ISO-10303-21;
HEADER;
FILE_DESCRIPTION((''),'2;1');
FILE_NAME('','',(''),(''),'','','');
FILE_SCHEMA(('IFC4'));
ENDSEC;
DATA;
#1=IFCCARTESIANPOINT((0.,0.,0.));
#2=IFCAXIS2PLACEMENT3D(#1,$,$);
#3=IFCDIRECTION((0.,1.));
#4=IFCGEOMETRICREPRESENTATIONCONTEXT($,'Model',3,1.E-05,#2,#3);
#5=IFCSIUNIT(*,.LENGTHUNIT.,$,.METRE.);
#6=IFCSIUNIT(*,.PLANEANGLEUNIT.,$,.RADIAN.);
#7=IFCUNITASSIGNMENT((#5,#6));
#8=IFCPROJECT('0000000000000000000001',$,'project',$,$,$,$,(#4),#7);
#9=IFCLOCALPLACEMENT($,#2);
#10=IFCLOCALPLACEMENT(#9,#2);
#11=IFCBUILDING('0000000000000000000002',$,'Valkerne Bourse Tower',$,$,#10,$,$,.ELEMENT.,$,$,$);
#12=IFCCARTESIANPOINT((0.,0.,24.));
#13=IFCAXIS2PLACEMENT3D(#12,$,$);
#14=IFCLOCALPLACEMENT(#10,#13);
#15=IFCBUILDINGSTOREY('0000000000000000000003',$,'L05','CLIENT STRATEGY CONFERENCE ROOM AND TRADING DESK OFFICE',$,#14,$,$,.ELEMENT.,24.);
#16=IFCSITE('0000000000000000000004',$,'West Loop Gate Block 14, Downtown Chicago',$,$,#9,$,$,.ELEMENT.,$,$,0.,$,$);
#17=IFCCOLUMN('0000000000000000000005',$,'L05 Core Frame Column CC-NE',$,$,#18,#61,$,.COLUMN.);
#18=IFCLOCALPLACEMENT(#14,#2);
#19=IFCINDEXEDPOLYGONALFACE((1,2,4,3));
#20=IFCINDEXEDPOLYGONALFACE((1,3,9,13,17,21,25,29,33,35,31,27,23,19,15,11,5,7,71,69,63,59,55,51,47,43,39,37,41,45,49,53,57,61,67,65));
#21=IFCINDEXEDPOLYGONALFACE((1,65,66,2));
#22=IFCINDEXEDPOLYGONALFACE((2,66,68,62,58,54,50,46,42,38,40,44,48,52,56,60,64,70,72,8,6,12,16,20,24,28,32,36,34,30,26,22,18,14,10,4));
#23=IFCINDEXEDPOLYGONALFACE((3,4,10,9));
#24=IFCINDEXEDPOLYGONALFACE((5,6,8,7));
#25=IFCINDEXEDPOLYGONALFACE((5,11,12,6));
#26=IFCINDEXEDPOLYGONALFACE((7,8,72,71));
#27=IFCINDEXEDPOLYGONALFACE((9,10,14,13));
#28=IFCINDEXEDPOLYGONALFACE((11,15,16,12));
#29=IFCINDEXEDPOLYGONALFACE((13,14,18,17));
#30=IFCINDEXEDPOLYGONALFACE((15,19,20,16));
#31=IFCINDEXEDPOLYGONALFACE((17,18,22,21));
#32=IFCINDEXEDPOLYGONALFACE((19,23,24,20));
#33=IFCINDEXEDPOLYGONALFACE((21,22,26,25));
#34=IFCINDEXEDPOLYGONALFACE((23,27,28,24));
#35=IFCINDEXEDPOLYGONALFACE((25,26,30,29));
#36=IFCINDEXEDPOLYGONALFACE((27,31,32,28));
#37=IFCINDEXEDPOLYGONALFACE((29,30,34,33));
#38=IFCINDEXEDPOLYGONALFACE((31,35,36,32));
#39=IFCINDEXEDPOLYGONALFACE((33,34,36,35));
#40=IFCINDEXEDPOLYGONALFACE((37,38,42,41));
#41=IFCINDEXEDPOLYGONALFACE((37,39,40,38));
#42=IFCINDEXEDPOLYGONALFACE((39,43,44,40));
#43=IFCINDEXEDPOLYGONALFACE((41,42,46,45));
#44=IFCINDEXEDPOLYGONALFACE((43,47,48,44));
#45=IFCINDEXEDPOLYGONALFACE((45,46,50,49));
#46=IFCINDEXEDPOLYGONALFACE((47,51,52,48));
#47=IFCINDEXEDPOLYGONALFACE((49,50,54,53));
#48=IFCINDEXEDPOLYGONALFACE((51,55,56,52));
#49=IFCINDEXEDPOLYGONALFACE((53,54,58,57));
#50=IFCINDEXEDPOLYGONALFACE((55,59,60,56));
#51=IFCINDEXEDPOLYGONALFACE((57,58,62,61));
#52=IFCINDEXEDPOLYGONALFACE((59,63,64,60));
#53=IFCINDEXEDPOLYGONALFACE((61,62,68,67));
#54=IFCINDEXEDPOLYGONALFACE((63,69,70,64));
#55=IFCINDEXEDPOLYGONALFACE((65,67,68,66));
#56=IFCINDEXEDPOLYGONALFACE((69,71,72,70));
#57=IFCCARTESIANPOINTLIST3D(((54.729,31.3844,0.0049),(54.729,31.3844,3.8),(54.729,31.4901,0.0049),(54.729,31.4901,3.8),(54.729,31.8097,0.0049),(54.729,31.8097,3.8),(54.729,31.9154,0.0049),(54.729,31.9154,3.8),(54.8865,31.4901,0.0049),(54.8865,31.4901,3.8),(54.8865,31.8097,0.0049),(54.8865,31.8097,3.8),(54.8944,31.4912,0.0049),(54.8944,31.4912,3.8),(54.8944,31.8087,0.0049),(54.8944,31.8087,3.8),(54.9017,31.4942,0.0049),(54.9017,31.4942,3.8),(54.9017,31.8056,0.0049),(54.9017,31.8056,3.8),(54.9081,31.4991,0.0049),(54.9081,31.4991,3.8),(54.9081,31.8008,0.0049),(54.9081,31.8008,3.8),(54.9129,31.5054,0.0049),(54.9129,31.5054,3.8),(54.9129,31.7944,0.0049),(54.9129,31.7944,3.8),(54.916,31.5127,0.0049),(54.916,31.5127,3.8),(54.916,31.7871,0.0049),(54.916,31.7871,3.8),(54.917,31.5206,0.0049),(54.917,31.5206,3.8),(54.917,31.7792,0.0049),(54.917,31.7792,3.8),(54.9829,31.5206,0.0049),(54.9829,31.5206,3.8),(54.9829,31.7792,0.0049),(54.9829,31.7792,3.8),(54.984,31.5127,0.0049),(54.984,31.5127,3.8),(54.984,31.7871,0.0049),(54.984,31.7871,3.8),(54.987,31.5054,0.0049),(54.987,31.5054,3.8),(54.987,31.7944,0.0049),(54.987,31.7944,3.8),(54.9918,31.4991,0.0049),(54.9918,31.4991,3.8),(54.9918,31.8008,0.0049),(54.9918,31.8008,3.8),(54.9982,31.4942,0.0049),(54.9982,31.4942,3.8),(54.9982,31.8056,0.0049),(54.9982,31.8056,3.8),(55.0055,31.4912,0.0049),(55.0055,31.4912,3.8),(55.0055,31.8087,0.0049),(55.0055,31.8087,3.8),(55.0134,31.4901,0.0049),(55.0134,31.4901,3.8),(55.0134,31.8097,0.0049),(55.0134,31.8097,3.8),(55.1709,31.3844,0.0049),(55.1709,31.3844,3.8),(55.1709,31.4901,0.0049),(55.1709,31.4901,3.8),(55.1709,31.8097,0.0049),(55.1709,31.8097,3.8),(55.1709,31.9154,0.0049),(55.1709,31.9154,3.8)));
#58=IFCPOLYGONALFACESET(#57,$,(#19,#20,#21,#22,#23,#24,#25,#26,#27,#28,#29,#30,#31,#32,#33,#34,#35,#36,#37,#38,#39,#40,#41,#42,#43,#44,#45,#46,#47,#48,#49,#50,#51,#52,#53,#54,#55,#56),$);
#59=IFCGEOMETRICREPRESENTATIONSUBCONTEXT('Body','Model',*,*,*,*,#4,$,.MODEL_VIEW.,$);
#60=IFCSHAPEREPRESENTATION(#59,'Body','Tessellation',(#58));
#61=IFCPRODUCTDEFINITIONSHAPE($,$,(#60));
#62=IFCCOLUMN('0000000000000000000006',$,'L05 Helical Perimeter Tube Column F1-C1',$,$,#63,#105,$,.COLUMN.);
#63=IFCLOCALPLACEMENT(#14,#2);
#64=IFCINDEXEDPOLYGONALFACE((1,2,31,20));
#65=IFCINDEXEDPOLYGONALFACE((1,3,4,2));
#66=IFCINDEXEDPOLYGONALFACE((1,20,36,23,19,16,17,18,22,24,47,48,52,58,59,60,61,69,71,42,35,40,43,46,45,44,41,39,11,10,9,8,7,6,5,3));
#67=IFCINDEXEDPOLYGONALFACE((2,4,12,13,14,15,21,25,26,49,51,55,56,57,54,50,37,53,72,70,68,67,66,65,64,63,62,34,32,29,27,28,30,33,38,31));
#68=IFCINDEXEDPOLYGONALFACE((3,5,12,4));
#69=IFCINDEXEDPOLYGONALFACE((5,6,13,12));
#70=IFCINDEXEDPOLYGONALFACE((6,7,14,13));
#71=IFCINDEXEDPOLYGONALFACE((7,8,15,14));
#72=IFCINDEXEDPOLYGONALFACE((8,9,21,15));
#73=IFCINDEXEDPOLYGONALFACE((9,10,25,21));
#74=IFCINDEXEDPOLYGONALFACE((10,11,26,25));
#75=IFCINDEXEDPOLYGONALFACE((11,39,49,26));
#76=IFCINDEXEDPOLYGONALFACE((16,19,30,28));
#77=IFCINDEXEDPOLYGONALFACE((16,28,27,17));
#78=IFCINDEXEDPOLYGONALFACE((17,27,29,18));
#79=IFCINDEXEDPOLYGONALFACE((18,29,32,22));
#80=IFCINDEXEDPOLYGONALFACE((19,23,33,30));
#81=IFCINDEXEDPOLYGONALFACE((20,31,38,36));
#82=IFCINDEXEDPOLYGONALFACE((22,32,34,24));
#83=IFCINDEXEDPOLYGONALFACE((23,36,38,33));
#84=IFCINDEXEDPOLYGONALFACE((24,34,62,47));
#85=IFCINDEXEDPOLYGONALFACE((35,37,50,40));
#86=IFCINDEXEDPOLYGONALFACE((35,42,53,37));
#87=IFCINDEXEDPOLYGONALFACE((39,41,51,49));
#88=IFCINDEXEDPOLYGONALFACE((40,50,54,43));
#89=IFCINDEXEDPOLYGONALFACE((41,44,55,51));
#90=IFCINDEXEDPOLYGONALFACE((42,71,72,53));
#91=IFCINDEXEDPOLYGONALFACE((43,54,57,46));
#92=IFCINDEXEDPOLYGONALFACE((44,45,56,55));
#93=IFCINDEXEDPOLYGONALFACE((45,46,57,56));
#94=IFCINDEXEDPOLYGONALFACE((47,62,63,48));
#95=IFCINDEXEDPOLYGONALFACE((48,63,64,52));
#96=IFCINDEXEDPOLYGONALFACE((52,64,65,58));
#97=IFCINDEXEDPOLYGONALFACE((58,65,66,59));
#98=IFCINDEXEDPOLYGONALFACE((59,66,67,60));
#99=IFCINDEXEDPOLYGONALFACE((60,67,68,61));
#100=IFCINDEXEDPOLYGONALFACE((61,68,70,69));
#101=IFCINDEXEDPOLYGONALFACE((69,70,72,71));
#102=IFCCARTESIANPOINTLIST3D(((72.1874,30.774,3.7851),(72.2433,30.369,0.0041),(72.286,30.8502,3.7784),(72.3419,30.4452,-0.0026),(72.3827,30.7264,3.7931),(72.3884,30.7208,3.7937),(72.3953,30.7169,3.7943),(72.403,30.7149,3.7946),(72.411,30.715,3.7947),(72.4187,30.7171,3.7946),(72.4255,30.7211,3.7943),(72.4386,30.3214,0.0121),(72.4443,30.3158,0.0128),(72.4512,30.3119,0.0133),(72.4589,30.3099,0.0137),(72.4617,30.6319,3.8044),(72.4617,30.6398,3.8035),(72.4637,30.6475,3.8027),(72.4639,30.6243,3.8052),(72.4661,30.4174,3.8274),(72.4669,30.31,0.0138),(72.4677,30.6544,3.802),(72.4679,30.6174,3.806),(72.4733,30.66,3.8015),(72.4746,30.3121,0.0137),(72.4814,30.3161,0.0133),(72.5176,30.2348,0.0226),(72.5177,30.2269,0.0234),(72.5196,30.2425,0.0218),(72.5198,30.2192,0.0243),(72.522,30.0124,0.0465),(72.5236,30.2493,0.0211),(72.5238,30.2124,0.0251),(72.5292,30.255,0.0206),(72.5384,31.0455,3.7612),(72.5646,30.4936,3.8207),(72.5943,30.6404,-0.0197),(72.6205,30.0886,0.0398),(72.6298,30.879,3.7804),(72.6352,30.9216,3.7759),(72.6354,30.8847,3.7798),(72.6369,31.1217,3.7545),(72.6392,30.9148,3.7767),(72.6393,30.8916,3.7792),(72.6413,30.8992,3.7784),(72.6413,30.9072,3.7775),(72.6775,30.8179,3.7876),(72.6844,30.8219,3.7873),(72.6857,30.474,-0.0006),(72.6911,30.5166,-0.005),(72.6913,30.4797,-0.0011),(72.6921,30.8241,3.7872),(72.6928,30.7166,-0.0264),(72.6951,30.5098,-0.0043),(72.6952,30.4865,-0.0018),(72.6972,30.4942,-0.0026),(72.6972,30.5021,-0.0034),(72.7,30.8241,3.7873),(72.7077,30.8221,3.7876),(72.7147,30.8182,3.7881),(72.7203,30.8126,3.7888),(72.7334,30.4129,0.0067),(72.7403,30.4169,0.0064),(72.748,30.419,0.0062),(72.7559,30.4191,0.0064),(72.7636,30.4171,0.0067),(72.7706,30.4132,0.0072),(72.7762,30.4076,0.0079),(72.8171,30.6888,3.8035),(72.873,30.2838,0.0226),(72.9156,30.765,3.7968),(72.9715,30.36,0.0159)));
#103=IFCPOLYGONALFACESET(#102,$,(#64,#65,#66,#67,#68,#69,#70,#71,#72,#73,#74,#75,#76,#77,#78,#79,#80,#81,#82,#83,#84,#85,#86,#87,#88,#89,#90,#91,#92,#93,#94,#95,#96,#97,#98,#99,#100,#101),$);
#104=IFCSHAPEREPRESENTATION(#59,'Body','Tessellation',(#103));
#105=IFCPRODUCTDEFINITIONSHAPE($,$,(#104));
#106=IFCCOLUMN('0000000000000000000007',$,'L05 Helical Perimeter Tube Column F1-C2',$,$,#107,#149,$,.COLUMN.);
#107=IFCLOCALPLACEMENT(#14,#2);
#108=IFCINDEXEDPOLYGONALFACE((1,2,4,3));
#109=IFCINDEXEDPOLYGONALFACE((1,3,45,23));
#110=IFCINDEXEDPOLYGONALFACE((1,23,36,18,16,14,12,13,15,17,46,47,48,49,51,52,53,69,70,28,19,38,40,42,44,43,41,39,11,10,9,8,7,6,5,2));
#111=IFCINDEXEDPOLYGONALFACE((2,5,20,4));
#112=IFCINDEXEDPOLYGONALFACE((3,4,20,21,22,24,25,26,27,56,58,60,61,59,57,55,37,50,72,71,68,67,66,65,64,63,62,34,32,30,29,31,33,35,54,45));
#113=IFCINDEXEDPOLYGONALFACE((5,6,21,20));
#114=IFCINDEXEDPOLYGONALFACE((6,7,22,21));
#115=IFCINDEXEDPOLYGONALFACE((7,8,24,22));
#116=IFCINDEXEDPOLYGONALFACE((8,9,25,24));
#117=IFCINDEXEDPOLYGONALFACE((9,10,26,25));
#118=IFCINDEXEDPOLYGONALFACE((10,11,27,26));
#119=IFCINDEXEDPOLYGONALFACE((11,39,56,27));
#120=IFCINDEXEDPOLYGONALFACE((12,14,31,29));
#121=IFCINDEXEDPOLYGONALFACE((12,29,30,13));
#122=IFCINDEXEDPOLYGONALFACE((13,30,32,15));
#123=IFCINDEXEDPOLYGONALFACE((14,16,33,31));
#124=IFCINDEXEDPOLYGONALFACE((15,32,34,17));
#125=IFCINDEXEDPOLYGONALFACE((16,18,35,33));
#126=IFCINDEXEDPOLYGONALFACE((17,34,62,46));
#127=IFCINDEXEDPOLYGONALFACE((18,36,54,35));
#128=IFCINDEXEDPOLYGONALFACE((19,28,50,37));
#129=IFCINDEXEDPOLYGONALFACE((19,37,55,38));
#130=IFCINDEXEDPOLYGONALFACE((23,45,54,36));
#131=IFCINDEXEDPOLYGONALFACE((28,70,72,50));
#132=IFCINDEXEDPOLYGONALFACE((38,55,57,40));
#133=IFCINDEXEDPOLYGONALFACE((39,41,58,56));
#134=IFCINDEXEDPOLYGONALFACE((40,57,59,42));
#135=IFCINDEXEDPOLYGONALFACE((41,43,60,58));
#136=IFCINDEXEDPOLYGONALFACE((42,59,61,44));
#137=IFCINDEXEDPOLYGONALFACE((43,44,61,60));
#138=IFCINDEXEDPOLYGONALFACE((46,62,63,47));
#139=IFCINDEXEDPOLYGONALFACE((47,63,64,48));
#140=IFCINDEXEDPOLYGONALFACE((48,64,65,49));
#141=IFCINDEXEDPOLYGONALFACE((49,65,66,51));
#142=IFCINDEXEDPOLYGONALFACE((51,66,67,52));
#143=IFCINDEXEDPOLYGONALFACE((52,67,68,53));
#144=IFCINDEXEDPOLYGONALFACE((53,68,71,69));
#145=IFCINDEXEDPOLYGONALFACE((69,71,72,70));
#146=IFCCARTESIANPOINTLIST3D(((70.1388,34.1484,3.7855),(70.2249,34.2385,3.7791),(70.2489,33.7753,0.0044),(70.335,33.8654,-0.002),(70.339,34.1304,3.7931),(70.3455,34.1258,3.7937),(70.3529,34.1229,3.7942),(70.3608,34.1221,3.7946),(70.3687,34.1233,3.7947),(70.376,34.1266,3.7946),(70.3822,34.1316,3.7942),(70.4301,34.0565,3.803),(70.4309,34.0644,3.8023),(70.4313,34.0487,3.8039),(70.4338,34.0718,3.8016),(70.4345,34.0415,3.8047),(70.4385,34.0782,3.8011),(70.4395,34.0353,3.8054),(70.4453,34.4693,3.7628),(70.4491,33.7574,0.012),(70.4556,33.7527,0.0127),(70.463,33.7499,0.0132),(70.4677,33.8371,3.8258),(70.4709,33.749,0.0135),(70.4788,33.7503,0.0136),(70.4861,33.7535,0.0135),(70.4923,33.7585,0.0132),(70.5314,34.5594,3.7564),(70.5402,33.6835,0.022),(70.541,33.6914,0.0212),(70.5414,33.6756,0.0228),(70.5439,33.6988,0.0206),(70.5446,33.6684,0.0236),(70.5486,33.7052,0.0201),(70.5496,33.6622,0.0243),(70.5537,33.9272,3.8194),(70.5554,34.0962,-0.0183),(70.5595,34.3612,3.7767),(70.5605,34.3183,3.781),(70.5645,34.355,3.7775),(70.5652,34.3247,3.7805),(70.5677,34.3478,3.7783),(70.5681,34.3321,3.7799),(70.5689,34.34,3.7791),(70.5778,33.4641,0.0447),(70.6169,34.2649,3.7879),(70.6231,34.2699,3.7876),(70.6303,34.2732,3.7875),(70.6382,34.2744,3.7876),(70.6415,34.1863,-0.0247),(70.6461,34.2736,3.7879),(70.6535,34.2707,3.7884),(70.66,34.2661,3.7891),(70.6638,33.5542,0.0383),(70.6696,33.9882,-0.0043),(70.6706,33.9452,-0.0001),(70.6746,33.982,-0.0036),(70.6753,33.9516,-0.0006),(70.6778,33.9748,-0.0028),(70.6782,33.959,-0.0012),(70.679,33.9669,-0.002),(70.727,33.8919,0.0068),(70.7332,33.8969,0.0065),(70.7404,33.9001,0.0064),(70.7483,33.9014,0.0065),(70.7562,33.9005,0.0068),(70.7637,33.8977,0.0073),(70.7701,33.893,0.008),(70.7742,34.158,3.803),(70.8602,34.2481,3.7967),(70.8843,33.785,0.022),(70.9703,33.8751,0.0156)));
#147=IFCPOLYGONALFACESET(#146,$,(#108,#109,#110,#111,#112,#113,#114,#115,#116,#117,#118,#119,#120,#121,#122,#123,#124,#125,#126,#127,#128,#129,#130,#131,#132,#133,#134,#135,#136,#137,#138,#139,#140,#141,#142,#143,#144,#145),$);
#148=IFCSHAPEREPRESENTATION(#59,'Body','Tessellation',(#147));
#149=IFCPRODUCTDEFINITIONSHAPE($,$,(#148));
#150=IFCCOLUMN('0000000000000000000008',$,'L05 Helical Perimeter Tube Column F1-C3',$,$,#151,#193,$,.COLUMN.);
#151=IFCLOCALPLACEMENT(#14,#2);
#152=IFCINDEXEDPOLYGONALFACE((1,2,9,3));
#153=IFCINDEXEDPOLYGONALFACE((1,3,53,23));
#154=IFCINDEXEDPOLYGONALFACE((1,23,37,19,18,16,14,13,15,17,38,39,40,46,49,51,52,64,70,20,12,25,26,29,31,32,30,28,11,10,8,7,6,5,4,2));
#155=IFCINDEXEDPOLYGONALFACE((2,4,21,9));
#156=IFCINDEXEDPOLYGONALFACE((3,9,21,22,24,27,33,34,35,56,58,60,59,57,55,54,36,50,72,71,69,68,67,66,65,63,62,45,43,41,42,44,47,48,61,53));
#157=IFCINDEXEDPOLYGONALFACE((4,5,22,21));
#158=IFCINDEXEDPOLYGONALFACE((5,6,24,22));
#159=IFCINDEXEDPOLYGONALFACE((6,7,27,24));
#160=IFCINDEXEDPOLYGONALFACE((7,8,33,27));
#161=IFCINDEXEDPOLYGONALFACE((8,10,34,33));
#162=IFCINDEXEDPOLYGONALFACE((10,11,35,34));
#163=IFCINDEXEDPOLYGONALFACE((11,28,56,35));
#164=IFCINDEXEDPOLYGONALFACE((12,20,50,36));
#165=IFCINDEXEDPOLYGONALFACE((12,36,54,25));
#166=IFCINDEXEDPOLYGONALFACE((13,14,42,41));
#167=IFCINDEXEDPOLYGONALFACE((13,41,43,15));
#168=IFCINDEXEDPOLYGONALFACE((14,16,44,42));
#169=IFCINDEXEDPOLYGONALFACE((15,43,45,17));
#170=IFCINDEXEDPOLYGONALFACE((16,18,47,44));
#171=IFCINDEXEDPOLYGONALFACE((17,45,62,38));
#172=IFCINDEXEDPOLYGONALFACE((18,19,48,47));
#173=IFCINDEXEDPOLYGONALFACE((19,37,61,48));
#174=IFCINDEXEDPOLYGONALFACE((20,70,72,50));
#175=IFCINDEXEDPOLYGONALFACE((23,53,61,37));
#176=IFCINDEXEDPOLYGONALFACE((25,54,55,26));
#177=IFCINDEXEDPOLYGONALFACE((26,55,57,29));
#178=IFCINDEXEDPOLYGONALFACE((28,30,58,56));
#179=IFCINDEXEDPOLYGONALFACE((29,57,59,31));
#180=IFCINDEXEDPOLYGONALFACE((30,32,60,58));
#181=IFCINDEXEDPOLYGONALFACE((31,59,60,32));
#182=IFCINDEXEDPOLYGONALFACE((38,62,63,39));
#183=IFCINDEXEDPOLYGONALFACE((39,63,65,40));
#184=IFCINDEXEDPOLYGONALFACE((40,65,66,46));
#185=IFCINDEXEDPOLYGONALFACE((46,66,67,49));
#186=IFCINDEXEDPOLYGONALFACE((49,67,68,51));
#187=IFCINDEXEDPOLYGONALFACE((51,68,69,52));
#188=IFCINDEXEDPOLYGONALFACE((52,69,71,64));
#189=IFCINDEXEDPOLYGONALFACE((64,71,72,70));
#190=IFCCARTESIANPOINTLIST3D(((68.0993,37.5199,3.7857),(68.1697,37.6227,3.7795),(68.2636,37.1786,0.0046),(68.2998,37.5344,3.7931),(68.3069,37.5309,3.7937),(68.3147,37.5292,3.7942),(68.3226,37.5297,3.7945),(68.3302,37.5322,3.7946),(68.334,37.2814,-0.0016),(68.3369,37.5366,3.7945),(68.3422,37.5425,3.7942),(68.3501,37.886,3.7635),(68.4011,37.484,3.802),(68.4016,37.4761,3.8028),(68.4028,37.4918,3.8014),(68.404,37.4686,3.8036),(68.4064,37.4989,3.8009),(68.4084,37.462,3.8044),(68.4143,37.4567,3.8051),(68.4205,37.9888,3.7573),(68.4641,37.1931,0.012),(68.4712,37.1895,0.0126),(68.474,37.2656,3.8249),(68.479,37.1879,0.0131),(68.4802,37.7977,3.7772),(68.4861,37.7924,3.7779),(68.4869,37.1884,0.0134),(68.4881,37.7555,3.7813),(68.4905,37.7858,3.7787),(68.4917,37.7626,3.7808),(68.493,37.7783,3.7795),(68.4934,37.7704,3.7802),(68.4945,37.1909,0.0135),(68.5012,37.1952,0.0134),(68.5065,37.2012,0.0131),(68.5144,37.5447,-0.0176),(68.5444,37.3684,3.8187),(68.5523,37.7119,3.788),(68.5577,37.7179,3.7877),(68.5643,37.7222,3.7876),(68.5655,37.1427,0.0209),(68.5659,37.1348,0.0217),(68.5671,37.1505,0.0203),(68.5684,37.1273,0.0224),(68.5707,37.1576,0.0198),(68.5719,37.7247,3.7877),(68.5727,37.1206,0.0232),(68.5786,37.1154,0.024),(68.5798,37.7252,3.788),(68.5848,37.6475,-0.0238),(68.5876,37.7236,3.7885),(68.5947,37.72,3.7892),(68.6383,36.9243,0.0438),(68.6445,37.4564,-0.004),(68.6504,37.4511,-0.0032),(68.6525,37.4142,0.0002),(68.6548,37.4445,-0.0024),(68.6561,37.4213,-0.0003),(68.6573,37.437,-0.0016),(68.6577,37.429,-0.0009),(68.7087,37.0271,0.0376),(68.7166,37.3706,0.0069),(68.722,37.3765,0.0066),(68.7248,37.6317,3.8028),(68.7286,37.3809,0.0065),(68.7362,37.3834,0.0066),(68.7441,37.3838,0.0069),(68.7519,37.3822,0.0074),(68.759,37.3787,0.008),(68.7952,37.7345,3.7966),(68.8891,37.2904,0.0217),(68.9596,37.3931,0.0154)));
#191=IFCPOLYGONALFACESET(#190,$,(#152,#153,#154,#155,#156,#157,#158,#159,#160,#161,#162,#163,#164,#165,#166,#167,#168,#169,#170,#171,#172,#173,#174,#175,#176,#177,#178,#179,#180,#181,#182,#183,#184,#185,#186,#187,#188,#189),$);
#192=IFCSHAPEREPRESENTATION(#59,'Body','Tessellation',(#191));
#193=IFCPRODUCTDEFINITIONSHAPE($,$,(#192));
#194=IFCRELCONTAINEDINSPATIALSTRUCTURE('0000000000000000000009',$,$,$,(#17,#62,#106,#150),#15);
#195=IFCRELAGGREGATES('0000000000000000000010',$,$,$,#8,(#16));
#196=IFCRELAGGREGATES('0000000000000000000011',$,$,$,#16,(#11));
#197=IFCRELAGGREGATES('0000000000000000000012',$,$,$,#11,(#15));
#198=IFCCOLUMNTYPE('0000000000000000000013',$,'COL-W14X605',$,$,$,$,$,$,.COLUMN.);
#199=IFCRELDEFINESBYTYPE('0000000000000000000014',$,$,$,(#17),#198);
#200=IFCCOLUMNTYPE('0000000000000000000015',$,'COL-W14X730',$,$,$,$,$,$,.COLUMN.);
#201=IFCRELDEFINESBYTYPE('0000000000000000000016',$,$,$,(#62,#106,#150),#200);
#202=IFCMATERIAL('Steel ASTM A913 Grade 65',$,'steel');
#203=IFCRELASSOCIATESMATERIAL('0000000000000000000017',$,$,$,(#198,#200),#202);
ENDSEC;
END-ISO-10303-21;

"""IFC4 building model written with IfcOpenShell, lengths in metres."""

from ifc_helpers import new_model, si_unit, direction, frame, origin, origin_2d, place, context, subcontext, project, spatial, i_section, extrude, material, material_profile, profile_set, type_object, element, save


model = new_model("IFC4")

# Units and contexts
model_context = context("Model", 3, precision=1e-05, world=origin(), true_north=direction((0.0, 1.0)))
body_context = subcontext(model_context, "Body", "Model", "MODEL_VIEW")
ifc_project = project(units=[si_unit("LENGTHUNIT", "METRE"), si_unit("PLANEANGLEUNIT", "RADIAN")], contexts=[model_context])

# Site, building, storey
site_placement = place(None, origin())
site = spatial("IfcSite", under=ifc_project, at=site_placement, Name="West Loop Gate Block 14, Downtown Chicago", CompositionType="ELEMENT", RefElevation=0.0)
building_placement = place(site_placement, origin())
building = spatial("IfcBuilding", under=site, at=building_placement, Name="Valkerne Bourse Tower", CompositionType="ELEMENT")
storey_placement = place(building_placement, frame((0.0, 0.0, 24.0)))
storey = spatial("IfcBuildingStorey", under=building, at=storey_placement, Name="L05", Description="CLIENT STRATEGY CONFERENCE ROOM AND TRADING DESK OFFICE", CompositionType="ELEMENT", Elevation=24.0)

# Columns
ifc_material_1 = material(Name="Steel ASTM A913 Grade 65", Category="steel")
ifc_material_profile_1 = material_profile(ifc_material_1, i_section(OverallWidth=0.4419, OverallDepth=0.531, WebThickness=0.0659, FlangeThickness=0.1057, FilletRadius=0.0305, at=origin_2d()), Name="W14X605")
ifc_profile_set_1 = profile_set([ifc_material_profile_1], Name="Steel ASTM A913 Grade 65")
column_type_1 = type_object("IfcColumnType", Name="COL-W14X605", PredefinedType="COLUMN", material=ifc_profile_set_1)
column_1_placement = place(storey_placement, frame((54.95, 31.6499, 0.0049), z_axis=(0.0, 0.0, 1.0), x_axis=(1.0, 0.0, 0.0)))
element("IfcColumn", 1, at=column_1_placement, inside=storey, type_object=column_type_1, Name="L05 Core Frame Column CC-NE", PredefinedType="COLUMN", context=body_context, shape_type="SweptSolid", body=[
    extrude(i_section(OverallWidth=0.4419, OverallDepth=0.531, WebThickness=0.0659, FlangeThickness=0.1057, FilletRadius=0.0305, at=origin_2d()), origin(), (0.0, 0.0, 1.0), 3.7952),
])
ifc_material_profile_2 = material_profile(ifc_material_1, i_section(OverallWidth=0.4546, OverallDepth=0.5691, WebThickness=0.0779, FlangeThickness=0.1248, FilletRadius=0.0305, at=origin_2d()), Name="W14X730")
ifc_profile_set_2 = profile_set([ifc_material_profile_2], Name="Steel ASTM A913 Grade 65")
column_type_2 = type_object("IfcColumnType", Name="COL-W14X730", PredefinedType="COLUMN", material=ifc_profile_set_2)
column_2_placement = place(storey_placement, frame((72.6074, 30.3645, 0.01), z_axis=(-0.014701, 0.106501, 0.994204), x_axis=(0.613036, -0.784549, 0.093107)))
element("IfcColumn", 2, at=column_2_placement, inside=storey, type_object=column_type_2, Name="L05 Helical Perimeter Tube Column F1-C1", PredefinedType="COLUMN", context=body_context, shape_type="SweptSolid", body=[
    extrude(i_section(OverallWidth=0.4546, OverallDepth=0.5691, WebThickness=0.0779, FlangeThickness=0.1248, FilletRadius=0.0305, at=origin_2d()), origin(), (0.0, 0.0, 1.0), 3.803),
])
column_3_placement = place(storey_placement, frame((70.6096, 33.8252, 0.01), z_axis=(-0.028968, 0.098145, 0.99475), x_axis=(0.723418, -0.684699, 0.088621)))
element("IfcColumn", 3, at=column_3_placement, inside=storey, type_object=column_type_2, Name="L05 Helical Perimeter Tube Column F1-C2", PredefinedType="COLUMN", context=body_context, shape_type="SweptSolid", body=[
    extrude(i_section(OverallWidth=0.4546, OverallDepth=0.5691, WebThickness=0.0779, FlangeThickness=0.1248, FilletRadius=0.0305, at=origin_2d()), origin(), (0.0, 0.0, 1.0), 3.801),
])
column_4_placement = place(storey_placement, frame((68.6116, 37.2859, 0.01), z_axis=(-0.043239, 0.08982, 0.995019), x_axis=(0.824289, -0.559549, 0.08633)))
element("IfcColumn", 4, at=column_4_placement, inside=storey, type_object=column_type_2, Name="L05 Helical Perimeter Tube Column F1-C3", PredefinedType="COLUMN", context=body_context, shape_type="SweptSolid", body=[
    extrude(i_section(OverallWidth=0.4546, OverallDepth=0.5691, WebThickness=0.0779, FlangeThickness=0.1248, FilletRadius=0.0305, at=origin_2d()), origin(), (0.0, 0.0, 1.0), 3.8),
])

save(model, "model.ifc")
